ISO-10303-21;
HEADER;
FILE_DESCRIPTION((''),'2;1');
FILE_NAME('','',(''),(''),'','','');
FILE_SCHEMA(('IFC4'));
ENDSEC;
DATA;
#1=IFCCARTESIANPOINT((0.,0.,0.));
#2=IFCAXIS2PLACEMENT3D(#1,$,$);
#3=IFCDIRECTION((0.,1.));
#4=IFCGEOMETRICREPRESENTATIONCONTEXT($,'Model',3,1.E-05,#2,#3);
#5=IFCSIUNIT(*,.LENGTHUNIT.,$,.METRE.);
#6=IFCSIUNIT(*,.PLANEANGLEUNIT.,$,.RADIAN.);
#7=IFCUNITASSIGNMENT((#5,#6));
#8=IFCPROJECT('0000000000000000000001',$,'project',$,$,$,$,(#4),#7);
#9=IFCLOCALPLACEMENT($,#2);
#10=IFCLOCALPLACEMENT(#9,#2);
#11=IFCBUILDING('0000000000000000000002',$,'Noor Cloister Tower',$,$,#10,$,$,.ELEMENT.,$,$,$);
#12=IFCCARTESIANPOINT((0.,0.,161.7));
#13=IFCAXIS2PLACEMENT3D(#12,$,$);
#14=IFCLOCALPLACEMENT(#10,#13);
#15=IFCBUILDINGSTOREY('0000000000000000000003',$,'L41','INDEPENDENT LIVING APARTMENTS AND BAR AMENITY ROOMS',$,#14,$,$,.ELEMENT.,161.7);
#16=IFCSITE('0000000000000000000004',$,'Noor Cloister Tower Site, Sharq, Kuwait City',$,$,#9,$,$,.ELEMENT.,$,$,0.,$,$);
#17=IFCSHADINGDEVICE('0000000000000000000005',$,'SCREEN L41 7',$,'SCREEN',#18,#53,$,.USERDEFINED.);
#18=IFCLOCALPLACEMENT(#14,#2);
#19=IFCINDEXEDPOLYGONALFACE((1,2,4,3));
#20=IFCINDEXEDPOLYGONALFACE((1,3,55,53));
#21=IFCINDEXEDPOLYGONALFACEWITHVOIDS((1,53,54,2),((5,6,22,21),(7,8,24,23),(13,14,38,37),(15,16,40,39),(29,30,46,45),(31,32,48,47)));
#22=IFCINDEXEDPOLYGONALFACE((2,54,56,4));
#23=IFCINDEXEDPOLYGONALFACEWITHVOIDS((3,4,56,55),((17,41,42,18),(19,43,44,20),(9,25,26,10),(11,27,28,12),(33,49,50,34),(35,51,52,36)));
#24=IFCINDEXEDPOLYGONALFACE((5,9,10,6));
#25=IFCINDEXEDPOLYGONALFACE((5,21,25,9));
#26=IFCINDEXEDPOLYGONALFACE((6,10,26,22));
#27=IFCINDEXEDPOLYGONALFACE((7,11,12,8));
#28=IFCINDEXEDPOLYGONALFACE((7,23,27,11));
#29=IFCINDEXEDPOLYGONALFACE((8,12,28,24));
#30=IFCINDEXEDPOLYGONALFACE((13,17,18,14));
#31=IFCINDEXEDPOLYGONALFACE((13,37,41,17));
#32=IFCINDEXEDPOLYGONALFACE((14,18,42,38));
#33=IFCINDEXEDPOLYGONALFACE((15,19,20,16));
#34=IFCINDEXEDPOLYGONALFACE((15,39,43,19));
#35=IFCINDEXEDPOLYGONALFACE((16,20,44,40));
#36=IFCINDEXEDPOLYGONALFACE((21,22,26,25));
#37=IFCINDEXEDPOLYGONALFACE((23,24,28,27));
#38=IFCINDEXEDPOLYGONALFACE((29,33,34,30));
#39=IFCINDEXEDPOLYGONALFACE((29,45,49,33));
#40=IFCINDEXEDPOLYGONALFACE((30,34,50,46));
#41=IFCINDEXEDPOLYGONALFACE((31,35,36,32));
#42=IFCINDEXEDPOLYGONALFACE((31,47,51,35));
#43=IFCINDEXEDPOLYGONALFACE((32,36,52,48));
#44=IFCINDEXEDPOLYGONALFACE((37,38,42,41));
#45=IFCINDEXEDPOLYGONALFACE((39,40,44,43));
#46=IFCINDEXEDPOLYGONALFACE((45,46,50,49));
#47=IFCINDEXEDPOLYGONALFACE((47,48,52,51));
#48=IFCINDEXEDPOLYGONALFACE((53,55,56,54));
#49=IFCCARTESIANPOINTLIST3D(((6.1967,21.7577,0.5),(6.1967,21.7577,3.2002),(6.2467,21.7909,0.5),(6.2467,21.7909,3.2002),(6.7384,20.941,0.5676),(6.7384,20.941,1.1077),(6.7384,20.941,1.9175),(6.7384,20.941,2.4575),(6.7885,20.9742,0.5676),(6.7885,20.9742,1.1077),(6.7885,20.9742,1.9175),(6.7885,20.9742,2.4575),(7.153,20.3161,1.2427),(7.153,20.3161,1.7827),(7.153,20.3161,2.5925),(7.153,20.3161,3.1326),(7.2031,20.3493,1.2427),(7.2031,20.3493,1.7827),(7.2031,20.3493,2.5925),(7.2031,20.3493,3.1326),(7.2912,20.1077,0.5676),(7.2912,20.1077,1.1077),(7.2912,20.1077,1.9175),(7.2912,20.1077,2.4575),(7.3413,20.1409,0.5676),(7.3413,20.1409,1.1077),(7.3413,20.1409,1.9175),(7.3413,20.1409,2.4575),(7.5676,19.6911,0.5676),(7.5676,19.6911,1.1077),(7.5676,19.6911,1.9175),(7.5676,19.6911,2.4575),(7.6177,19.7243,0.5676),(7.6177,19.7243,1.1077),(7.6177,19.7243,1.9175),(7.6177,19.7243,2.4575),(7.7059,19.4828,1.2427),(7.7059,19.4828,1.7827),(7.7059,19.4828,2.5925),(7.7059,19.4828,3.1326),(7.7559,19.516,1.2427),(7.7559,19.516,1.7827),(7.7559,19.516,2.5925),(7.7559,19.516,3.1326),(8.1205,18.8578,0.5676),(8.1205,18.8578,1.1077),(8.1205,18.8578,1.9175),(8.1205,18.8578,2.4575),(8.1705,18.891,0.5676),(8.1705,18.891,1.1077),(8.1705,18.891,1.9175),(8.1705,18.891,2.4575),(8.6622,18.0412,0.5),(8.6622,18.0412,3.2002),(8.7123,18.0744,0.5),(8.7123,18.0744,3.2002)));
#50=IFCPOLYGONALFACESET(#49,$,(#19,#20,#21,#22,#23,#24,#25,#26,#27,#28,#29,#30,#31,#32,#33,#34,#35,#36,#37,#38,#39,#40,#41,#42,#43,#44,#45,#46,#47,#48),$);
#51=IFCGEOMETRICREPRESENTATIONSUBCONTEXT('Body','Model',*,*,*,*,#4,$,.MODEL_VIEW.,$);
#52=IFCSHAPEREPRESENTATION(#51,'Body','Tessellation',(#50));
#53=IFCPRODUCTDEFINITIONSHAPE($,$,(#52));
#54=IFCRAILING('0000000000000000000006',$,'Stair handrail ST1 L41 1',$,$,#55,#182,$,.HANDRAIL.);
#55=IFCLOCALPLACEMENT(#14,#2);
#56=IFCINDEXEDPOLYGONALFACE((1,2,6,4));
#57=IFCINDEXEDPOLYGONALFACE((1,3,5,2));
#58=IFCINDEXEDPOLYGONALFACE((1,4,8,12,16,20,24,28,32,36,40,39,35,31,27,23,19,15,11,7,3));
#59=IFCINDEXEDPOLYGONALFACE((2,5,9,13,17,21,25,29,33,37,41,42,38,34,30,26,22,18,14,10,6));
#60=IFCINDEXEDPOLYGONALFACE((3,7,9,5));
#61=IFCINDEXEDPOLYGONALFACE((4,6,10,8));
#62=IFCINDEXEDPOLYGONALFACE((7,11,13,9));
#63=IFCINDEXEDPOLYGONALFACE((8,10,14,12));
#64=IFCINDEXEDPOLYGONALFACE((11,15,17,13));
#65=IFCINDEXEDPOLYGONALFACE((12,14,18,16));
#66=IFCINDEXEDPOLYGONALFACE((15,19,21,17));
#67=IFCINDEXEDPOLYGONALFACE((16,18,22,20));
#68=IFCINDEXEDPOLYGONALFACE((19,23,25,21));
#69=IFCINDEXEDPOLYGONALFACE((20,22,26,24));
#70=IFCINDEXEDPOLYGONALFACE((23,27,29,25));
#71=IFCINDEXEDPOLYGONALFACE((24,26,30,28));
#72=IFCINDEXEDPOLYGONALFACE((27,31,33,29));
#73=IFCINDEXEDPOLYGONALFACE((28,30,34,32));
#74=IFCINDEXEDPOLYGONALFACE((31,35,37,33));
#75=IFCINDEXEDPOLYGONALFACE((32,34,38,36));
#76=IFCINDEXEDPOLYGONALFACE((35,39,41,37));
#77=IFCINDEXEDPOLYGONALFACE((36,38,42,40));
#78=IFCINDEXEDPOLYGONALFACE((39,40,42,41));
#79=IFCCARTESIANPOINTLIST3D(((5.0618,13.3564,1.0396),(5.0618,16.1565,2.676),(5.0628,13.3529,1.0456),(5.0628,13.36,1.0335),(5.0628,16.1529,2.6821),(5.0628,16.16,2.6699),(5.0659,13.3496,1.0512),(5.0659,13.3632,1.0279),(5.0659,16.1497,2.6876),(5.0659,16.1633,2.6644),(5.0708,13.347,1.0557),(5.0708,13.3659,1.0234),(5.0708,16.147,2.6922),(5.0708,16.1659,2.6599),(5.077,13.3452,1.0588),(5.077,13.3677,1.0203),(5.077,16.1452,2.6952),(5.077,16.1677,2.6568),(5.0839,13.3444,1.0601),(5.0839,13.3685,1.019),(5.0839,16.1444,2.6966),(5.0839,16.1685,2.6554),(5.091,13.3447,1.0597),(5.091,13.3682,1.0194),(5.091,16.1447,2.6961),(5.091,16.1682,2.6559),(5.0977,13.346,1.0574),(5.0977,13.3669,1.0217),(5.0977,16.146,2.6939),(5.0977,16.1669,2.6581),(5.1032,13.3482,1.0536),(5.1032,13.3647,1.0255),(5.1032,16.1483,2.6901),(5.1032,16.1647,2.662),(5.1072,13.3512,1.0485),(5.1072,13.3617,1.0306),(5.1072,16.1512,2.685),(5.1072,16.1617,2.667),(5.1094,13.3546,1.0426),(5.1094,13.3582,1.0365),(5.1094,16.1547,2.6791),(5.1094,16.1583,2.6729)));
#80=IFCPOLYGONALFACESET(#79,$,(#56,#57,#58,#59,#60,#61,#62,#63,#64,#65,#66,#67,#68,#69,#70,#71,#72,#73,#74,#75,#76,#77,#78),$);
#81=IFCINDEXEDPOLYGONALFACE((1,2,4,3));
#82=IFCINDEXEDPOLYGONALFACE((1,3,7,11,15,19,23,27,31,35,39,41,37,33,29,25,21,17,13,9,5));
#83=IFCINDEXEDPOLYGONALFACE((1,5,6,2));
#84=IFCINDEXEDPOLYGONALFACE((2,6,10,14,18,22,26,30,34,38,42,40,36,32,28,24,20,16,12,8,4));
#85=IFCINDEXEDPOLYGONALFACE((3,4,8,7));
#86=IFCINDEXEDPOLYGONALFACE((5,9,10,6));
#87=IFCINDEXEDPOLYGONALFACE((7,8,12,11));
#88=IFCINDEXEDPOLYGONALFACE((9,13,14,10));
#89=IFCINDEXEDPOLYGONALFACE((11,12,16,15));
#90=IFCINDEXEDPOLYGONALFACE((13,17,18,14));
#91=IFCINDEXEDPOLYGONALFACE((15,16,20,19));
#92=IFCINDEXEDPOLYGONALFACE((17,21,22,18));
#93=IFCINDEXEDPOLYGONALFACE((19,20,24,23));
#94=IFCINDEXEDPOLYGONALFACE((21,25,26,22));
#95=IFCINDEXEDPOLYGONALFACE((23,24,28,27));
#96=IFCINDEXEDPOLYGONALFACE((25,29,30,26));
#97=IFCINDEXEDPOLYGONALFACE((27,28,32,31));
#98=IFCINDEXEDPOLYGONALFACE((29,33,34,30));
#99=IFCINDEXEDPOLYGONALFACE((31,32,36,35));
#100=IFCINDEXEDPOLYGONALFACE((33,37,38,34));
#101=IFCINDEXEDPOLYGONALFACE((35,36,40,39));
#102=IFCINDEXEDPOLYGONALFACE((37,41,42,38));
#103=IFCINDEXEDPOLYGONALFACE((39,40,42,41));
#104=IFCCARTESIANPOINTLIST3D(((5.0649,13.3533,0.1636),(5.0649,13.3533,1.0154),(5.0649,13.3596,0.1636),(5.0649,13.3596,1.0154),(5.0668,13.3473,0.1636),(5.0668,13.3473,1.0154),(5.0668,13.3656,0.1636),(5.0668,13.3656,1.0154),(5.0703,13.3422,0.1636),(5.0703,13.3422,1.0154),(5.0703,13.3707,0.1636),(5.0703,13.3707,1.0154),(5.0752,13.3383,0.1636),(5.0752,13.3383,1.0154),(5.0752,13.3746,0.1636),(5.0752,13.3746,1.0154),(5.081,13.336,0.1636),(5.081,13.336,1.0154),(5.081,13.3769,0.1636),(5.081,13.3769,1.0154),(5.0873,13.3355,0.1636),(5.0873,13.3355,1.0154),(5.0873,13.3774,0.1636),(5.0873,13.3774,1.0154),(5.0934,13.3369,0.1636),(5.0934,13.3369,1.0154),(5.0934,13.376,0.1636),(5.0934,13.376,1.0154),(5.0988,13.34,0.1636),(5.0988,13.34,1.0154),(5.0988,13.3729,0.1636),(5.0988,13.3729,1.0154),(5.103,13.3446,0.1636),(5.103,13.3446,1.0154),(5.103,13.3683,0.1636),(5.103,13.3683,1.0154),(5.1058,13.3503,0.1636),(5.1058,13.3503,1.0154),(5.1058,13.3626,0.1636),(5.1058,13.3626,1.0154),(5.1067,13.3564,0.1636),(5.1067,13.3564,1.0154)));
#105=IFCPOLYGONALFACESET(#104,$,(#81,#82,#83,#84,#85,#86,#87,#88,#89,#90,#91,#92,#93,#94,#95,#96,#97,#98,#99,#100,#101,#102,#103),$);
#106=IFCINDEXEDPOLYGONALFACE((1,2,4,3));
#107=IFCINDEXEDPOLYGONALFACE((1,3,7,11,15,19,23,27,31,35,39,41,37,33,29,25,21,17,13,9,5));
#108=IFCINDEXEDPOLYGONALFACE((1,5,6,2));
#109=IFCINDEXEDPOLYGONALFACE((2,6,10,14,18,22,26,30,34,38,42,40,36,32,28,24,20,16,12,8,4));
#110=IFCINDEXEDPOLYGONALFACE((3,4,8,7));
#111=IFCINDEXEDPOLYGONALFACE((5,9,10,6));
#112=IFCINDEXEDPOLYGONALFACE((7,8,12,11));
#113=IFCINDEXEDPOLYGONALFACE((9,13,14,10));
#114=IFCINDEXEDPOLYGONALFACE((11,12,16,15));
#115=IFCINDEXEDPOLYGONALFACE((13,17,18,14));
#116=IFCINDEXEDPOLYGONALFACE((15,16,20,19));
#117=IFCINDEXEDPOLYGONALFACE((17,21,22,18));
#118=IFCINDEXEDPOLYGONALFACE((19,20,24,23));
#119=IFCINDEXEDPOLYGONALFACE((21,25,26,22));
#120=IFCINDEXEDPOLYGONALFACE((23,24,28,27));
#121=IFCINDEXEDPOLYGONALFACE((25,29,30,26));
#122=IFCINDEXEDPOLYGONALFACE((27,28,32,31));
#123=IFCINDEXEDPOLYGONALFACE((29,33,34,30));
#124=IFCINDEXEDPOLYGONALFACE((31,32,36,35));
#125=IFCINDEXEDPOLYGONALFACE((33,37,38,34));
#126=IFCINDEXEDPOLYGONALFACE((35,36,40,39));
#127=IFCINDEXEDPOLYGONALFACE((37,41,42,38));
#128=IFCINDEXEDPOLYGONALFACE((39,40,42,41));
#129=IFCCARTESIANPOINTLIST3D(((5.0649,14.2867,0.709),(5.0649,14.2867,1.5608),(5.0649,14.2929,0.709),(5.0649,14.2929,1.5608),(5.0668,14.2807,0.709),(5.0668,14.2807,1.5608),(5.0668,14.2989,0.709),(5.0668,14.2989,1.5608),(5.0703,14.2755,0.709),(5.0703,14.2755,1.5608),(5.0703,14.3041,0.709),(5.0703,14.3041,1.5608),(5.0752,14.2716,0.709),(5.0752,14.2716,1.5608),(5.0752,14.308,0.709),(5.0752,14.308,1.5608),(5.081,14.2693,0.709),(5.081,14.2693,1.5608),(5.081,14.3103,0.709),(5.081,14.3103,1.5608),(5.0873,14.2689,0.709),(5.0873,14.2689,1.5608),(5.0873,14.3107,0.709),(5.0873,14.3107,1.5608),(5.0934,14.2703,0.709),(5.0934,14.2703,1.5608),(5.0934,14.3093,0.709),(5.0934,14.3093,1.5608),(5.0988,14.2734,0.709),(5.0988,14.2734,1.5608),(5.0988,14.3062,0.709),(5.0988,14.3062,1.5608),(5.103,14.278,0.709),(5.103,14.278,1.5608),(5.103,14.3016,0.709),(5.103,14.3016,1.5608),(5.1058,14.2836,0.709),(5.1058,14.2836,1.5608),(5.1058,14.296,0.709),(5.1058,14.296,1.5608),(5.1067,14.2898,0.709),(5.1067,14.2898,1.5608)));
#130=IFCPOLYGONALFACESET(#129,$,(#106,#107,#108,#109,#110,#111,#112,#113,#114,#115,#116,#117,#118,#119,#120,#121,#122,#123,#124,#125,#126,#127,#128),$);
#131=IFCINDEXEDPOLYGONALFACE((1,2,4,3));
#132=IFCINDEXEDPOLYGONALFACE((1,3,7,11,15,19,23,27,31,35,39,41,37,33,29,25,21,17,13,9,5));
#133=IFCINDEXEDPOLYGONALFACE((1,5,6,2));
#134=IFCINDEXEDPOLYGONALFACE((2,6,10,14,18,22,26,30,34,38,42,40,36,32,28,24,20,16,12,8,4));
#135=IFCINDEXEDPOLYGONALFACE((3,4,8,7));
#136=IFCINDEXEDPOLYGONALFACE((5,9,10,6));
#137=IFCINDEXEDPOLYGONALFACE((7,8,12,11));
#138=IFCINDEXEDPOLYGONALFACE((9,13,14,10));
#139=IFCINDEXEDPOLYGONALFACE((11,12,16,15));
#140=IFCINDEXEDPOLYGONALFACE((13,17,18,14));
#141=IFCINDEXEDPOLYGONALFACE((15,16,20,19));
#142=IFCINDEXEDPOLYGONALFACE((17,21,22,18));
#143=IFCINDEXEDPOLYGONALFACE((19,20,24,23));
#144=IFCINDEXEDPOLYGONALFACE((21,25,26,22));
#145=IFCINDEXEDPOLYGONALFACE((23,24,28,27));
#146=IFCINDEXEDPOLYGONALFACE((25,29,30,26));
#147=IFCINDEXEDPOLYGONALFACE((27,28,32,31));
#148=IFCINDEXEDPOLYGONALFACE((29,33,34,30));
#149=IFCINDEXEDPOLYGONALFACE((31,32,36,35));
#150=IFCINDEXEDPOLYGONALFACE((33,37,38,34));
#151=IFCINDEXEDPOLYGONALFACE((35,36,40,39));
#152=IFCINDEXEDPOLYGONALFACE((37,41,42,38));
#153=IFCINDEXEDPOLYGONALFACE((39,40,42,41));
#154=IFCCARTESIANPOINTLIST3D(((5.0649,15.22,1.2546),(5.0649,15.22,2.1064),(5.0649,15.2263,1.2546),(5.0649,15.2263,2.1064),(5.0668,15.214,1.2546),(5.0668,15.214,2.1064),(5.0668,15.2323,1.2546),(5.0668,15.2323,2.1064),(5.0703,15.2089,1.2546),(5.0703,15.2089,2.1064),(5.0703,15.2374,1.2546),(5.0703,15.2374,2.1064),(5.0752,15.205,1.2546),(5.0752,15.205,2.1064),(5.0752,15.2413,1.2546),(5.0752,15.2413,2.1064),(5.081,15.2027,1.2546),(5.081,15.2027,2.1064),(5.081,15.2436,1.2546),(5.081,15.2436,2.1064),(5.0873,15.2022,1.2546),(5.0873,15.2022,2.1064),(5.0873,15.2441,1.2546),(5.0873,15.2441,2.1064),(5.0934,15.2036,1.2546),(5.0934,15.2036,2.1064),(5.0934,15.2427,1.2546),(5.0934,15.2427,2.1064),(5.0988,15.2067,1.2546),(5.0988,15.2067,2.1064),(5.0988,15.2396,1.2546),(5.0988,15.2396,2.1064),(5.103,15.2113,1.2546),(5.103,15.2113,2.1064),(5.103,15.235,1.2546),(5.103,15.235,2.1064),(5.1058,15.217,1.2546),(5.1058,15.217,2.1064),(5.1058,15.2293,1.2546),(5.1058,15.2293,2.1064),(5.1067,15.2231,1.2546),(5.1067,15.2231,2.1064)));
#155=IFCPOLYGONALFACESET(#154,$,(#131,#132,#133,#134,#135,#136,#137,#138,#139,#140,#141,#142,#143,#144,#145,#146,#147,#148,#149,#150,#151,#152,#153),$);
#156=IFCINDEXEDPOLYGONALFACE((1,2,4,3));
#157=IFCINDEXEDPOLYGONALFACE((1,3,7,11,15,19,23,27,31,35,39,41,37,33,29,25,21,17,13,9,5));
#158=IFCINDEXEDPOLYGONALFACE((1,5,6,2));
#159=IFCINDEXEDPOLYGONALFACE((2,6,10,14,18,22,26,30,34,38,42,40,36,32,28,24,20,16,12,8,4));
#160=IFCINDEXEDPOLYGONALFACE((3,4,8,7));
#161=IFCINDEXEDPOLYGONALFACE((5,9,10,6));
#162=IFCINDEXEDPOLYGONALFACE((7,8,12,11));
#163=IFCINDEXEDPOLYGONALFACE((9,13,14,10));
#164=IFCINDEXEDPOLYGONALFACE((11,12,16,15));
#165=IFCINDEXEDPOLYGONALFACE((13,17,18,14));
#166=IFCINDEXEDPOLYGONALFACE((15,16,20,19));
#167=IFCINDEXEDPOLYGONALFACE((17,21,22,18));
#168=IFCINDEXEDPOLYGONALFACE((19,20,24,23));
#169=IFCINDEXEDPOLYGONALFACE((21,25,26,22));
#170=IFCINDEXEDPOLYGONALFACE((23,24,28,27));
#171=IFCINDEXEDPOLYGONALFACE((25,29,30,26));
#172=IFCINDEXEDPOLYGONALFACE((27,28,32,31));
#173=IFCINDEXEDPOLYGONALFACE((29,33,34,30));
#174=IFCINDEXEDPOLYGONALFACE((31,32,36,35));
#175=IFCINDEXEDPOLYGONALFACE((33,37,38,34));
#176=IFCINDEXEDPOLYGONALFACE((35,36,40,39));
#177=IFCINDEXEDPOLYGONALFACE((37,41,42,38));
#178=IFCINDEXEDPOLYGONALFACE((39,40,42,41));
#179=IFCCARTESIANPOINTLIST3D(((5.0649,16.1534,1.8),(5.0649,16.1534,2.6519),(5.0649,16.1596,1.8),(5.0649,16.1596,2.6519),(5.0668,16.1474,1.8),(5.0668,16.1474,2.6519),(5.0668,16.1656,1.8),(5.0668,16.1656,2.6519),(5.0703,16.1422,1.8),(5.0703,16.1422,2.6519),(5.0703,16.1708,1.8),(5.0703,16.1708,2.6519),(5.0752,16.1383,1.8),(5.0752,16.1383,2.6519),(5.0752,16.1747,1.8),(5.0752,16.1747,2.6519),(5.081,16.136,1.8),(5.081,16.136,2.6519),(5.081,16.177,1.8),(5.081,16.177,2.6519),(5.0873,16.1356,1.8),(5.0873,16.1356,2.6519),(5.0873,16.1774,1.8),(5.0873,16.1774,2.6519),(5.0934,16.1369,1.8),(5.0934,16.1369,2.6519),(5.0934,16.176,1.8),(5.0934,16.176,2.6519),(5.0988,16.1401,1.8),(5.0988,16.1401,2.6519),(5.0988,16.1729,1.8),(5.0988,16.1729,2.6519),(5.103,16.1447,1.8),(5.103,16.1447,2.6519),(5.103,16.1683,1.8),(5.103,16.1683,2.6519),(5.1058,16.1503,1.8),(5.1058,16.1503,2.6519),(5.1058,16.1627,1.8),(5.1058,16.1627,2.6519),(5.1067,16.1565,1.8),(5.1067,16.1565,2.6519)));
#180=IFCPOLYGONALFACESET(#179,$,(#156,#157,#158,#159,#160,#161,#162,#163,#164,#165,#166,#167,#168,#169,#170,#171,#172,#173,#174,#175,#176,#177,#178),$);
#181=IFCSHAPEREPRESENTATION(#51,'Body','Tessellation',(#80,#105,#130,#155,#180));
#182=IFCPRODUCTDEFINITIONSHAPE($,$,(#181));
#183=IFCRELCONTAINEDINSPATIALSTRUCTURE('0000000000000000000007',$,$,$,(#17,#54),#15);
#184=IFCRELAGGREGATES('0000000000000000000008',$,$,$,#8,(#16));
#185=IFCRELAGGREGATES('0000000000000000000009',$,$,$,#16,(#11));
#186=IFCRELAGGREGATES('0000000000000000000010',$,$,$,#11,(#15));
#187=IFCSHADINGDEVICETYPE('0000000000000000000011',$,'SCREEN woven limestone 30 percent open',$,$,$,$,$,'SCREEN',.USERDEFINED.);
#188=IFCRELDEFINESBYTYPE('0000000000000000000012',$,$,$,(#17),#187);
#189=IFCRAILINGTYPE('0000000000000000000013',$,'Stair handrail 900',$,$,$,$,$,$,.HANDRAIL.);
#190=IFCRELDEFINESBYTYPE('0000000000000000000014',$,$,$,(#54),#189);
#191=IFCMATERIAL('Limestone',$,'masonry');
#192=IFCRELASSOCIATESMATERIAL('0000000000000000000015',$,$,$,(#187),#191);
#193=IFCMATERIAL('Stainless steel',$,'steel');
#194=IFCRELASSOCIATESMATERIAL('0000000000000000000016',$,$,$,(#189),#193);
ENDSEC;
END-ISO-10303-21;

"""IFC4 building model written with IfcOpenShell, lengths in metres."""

from ifc_helpers import new_model, si_unit, direction, frame, origin, origin_2d, place, context, subcontext, project, spatial, polyline, circle, outline, extrude, material, material_profile, profile_set, type_object, element, save


model = new_model("IFC4")

# Units and contexts
model_context = context("Model", 3, precision=1e-05, world=origin(), true_north=direction((0.0, 1.0)))
body_context = subcontext(model_context, "Body", "Model", "MODEL_VIEW")
ifc_project = project(units=[si_unit("LENGTHUNIT", "METRE"), si_unit("PLANEANGLEUNIT", "RADIAN")], contexts=[model_context])

# Site, building, storey
site_placement = place(None, origin())
site = spatial("IfcSite", under=ifc_project, at=site_placement, Name="Noor Cloister Tower Site, Sharq, Kuwait City", CompositionType="ELEMENT", RefElevation=0.0)
building_placement = place(site_placement, origin())
building = spatial("IfcBuilding", under=site, at=building_placement, Name="Noor Cloister Tower", CompositionType="ELEMENT")
storey_placement = place(building_placement, frame((0.0, 0.0, 161.7)))
storey = spatial("IfcBuildingStorey", under=building, at=storey_placement, Name="L41", Description="INDEPENDENT LIVING APARTMENTS AND BAR AMENITY ROOMS", CompositionType="ELEMENT", Elevation=161.7)

# Shading device
ifc_material_1 = material(Name="Limestone", Category="masonry")
ifc_material_profile_1 = material_profile(ifc_material_1, outline(polyline([(-2.23, -1.3501), (2.23, -1.3501), (2.23, 1.3501), (-2.23, 1.3501), (-2.23, -1.3501)]), holes=[polyline([(-1.25, -1.2825), (-0.25, -1.2825), (-0.25, -0.7424), (-1.25, -0.7424), (-1.25, -1.2825)]), polyline([(0.25, -1.2825), (1.25, -1.2825), (1.25, -0.7424), (0.25, -0.7424), (0.25, -1.2825)]), polyline([(-0.5, -0.6074), (0.5, -0.6074), (0.5, -0.0674), (-0.5, -0.0674), (-0.5, -0.6074)]), polyline([(-1.25, 0.0674), (-0.25, 0.0674), (-0.25, 0.6074), (-1.25, 0.6074), (-1.25, 0.0674)]), polyline([(0.25, 0.0674), (1.25, 0.0674), (1.25, 0.6074), (0.25, 0.6074), (0.25, 0.0674)]), polyline([(-0.5, 0.7424), (0.5, 0.7424), (0.5, 1.2825), (-0.5, 1.2825), (-0.5, 0.7424)])]), Name="Woven screen 30 percent open")
ifc_profile_set_1 = profile_set([ifc_material_profile_1], Name="Limestone")
shading_device_type = type_object("IfcShadingDeviceType", Name="SCREEN woven limestone 30 percent open", ElementType="SCREEN", PredefinedType="USERDEFINED", material=ifc_profile_set_1)
for number, where, z_axis, x_axis, name in (
    (1, (7.4294, 19.8994, 1.8501), (0.833299, 0.552823, 0.0), (-0.552823, 0.833299, 0.0), "SCREEN L41 7"),
):
    element("IfcShadingDevice", number, at=place(storey_placement, frame(where, z_axis=z_axis, x_axis=x_axis)), inside=storey, type_object=shading_device_type, Name=name, ObjectType="SCREEN", PredefinedType="USERDEFINED", context=body_context, shape_type="SweptSolid", body=[
        extrude(outline(polyline([(-2.23, -1.3501), (2.23, -1.3501), (2.23, 1.3501), (-2.23, 1.3501), (-2.23, -1.3501)]), holes=[polyline([(-1.25, -1.2825), (-0.25, -1.2825), (-0.25, -0.7424), (-1.25, -0.7424), (-1.25, -1.2825)]), polyline([(0.25, -1.2825), (1.25, -1.2825), (1.25, -0.7424), (0.25, -0.7424), (0.25, -1.2825)]), polyline([(-0.5, -0.6074), (0.5, -0.6074), (0.5, -0.0674), (-0.5, -0.0674), (-0.5, -0.6074)]), polyline([(-1.25, 0.0674), (-0.25, 0.0674), (-0.25, 0.6074), (-1.25, 0.6074), (-1.25, 0.0674)]), polyline([(0.25, 0.0674), (1.25, 0.0674), (1.25, 0.6074), (0.25, 0.6074), (0.25, 0.0674)]), polyline([(-0.5, 0.7424), (0.5, 0.7424), (0.5, 1.2825), (-0.5, 1.2825), (-0.5, 0.7424)])]), origin(), (0.0, 0.0, 1.0), 0.0601),
    ])

# Railing
ifc_material_2 = material(Name="Stainless steel", Category="steel")
railing_type_1 = type_object("IfcRailingType", Name="Stair handrail 900", PredefinedType="HANDRAIL", material=ifc_material_2)
railing_1_placement = place(storey_placement, frame((5.0857, 13.3564, 0.1636)))
element("IfcRailing", 2, at=railing_1_placement, inside=storey, type_object=railing_type_1, Name="Stair handrail ST1 L41 1", PredefinedType="HANDRAIL", context=body_context, shape_type="SweptSolid", body=[
    extrude(circle(Radius=0.0239, at=origin_2d()), frame((0.0, 0.0, 0.876), z_axis=(0.0, 0.863361, 0.504587), x_axis=(-1.0, 0.0, 0.0)), (0.0, 0.0, 1.0), 3.2432),
    extrude(circle(Radius=0.021, at=origin_2d()), origin(), (0.0, 0.0, 1.0), 0.8518),
    extrude(circle(Radius=0.021, at=origin_2d()), frame((0.0, 0.9333, 0.5454)), (0.0, 0.0, 1.0), 0.8518),
    extrude(circle(Radius=0.021, at=origin_2d()), frame((0.0, 1.8667, 1.0911)), (0.0, 0.0, 1.0), 0.8518),
    extrude(circle(Radius=0.021, at=origin_2d()), frame((0.0, 2.8, 1.6365)), (0.0, 0.0, 1.0), 0.8518),
])

save(model, "model.ifc")
